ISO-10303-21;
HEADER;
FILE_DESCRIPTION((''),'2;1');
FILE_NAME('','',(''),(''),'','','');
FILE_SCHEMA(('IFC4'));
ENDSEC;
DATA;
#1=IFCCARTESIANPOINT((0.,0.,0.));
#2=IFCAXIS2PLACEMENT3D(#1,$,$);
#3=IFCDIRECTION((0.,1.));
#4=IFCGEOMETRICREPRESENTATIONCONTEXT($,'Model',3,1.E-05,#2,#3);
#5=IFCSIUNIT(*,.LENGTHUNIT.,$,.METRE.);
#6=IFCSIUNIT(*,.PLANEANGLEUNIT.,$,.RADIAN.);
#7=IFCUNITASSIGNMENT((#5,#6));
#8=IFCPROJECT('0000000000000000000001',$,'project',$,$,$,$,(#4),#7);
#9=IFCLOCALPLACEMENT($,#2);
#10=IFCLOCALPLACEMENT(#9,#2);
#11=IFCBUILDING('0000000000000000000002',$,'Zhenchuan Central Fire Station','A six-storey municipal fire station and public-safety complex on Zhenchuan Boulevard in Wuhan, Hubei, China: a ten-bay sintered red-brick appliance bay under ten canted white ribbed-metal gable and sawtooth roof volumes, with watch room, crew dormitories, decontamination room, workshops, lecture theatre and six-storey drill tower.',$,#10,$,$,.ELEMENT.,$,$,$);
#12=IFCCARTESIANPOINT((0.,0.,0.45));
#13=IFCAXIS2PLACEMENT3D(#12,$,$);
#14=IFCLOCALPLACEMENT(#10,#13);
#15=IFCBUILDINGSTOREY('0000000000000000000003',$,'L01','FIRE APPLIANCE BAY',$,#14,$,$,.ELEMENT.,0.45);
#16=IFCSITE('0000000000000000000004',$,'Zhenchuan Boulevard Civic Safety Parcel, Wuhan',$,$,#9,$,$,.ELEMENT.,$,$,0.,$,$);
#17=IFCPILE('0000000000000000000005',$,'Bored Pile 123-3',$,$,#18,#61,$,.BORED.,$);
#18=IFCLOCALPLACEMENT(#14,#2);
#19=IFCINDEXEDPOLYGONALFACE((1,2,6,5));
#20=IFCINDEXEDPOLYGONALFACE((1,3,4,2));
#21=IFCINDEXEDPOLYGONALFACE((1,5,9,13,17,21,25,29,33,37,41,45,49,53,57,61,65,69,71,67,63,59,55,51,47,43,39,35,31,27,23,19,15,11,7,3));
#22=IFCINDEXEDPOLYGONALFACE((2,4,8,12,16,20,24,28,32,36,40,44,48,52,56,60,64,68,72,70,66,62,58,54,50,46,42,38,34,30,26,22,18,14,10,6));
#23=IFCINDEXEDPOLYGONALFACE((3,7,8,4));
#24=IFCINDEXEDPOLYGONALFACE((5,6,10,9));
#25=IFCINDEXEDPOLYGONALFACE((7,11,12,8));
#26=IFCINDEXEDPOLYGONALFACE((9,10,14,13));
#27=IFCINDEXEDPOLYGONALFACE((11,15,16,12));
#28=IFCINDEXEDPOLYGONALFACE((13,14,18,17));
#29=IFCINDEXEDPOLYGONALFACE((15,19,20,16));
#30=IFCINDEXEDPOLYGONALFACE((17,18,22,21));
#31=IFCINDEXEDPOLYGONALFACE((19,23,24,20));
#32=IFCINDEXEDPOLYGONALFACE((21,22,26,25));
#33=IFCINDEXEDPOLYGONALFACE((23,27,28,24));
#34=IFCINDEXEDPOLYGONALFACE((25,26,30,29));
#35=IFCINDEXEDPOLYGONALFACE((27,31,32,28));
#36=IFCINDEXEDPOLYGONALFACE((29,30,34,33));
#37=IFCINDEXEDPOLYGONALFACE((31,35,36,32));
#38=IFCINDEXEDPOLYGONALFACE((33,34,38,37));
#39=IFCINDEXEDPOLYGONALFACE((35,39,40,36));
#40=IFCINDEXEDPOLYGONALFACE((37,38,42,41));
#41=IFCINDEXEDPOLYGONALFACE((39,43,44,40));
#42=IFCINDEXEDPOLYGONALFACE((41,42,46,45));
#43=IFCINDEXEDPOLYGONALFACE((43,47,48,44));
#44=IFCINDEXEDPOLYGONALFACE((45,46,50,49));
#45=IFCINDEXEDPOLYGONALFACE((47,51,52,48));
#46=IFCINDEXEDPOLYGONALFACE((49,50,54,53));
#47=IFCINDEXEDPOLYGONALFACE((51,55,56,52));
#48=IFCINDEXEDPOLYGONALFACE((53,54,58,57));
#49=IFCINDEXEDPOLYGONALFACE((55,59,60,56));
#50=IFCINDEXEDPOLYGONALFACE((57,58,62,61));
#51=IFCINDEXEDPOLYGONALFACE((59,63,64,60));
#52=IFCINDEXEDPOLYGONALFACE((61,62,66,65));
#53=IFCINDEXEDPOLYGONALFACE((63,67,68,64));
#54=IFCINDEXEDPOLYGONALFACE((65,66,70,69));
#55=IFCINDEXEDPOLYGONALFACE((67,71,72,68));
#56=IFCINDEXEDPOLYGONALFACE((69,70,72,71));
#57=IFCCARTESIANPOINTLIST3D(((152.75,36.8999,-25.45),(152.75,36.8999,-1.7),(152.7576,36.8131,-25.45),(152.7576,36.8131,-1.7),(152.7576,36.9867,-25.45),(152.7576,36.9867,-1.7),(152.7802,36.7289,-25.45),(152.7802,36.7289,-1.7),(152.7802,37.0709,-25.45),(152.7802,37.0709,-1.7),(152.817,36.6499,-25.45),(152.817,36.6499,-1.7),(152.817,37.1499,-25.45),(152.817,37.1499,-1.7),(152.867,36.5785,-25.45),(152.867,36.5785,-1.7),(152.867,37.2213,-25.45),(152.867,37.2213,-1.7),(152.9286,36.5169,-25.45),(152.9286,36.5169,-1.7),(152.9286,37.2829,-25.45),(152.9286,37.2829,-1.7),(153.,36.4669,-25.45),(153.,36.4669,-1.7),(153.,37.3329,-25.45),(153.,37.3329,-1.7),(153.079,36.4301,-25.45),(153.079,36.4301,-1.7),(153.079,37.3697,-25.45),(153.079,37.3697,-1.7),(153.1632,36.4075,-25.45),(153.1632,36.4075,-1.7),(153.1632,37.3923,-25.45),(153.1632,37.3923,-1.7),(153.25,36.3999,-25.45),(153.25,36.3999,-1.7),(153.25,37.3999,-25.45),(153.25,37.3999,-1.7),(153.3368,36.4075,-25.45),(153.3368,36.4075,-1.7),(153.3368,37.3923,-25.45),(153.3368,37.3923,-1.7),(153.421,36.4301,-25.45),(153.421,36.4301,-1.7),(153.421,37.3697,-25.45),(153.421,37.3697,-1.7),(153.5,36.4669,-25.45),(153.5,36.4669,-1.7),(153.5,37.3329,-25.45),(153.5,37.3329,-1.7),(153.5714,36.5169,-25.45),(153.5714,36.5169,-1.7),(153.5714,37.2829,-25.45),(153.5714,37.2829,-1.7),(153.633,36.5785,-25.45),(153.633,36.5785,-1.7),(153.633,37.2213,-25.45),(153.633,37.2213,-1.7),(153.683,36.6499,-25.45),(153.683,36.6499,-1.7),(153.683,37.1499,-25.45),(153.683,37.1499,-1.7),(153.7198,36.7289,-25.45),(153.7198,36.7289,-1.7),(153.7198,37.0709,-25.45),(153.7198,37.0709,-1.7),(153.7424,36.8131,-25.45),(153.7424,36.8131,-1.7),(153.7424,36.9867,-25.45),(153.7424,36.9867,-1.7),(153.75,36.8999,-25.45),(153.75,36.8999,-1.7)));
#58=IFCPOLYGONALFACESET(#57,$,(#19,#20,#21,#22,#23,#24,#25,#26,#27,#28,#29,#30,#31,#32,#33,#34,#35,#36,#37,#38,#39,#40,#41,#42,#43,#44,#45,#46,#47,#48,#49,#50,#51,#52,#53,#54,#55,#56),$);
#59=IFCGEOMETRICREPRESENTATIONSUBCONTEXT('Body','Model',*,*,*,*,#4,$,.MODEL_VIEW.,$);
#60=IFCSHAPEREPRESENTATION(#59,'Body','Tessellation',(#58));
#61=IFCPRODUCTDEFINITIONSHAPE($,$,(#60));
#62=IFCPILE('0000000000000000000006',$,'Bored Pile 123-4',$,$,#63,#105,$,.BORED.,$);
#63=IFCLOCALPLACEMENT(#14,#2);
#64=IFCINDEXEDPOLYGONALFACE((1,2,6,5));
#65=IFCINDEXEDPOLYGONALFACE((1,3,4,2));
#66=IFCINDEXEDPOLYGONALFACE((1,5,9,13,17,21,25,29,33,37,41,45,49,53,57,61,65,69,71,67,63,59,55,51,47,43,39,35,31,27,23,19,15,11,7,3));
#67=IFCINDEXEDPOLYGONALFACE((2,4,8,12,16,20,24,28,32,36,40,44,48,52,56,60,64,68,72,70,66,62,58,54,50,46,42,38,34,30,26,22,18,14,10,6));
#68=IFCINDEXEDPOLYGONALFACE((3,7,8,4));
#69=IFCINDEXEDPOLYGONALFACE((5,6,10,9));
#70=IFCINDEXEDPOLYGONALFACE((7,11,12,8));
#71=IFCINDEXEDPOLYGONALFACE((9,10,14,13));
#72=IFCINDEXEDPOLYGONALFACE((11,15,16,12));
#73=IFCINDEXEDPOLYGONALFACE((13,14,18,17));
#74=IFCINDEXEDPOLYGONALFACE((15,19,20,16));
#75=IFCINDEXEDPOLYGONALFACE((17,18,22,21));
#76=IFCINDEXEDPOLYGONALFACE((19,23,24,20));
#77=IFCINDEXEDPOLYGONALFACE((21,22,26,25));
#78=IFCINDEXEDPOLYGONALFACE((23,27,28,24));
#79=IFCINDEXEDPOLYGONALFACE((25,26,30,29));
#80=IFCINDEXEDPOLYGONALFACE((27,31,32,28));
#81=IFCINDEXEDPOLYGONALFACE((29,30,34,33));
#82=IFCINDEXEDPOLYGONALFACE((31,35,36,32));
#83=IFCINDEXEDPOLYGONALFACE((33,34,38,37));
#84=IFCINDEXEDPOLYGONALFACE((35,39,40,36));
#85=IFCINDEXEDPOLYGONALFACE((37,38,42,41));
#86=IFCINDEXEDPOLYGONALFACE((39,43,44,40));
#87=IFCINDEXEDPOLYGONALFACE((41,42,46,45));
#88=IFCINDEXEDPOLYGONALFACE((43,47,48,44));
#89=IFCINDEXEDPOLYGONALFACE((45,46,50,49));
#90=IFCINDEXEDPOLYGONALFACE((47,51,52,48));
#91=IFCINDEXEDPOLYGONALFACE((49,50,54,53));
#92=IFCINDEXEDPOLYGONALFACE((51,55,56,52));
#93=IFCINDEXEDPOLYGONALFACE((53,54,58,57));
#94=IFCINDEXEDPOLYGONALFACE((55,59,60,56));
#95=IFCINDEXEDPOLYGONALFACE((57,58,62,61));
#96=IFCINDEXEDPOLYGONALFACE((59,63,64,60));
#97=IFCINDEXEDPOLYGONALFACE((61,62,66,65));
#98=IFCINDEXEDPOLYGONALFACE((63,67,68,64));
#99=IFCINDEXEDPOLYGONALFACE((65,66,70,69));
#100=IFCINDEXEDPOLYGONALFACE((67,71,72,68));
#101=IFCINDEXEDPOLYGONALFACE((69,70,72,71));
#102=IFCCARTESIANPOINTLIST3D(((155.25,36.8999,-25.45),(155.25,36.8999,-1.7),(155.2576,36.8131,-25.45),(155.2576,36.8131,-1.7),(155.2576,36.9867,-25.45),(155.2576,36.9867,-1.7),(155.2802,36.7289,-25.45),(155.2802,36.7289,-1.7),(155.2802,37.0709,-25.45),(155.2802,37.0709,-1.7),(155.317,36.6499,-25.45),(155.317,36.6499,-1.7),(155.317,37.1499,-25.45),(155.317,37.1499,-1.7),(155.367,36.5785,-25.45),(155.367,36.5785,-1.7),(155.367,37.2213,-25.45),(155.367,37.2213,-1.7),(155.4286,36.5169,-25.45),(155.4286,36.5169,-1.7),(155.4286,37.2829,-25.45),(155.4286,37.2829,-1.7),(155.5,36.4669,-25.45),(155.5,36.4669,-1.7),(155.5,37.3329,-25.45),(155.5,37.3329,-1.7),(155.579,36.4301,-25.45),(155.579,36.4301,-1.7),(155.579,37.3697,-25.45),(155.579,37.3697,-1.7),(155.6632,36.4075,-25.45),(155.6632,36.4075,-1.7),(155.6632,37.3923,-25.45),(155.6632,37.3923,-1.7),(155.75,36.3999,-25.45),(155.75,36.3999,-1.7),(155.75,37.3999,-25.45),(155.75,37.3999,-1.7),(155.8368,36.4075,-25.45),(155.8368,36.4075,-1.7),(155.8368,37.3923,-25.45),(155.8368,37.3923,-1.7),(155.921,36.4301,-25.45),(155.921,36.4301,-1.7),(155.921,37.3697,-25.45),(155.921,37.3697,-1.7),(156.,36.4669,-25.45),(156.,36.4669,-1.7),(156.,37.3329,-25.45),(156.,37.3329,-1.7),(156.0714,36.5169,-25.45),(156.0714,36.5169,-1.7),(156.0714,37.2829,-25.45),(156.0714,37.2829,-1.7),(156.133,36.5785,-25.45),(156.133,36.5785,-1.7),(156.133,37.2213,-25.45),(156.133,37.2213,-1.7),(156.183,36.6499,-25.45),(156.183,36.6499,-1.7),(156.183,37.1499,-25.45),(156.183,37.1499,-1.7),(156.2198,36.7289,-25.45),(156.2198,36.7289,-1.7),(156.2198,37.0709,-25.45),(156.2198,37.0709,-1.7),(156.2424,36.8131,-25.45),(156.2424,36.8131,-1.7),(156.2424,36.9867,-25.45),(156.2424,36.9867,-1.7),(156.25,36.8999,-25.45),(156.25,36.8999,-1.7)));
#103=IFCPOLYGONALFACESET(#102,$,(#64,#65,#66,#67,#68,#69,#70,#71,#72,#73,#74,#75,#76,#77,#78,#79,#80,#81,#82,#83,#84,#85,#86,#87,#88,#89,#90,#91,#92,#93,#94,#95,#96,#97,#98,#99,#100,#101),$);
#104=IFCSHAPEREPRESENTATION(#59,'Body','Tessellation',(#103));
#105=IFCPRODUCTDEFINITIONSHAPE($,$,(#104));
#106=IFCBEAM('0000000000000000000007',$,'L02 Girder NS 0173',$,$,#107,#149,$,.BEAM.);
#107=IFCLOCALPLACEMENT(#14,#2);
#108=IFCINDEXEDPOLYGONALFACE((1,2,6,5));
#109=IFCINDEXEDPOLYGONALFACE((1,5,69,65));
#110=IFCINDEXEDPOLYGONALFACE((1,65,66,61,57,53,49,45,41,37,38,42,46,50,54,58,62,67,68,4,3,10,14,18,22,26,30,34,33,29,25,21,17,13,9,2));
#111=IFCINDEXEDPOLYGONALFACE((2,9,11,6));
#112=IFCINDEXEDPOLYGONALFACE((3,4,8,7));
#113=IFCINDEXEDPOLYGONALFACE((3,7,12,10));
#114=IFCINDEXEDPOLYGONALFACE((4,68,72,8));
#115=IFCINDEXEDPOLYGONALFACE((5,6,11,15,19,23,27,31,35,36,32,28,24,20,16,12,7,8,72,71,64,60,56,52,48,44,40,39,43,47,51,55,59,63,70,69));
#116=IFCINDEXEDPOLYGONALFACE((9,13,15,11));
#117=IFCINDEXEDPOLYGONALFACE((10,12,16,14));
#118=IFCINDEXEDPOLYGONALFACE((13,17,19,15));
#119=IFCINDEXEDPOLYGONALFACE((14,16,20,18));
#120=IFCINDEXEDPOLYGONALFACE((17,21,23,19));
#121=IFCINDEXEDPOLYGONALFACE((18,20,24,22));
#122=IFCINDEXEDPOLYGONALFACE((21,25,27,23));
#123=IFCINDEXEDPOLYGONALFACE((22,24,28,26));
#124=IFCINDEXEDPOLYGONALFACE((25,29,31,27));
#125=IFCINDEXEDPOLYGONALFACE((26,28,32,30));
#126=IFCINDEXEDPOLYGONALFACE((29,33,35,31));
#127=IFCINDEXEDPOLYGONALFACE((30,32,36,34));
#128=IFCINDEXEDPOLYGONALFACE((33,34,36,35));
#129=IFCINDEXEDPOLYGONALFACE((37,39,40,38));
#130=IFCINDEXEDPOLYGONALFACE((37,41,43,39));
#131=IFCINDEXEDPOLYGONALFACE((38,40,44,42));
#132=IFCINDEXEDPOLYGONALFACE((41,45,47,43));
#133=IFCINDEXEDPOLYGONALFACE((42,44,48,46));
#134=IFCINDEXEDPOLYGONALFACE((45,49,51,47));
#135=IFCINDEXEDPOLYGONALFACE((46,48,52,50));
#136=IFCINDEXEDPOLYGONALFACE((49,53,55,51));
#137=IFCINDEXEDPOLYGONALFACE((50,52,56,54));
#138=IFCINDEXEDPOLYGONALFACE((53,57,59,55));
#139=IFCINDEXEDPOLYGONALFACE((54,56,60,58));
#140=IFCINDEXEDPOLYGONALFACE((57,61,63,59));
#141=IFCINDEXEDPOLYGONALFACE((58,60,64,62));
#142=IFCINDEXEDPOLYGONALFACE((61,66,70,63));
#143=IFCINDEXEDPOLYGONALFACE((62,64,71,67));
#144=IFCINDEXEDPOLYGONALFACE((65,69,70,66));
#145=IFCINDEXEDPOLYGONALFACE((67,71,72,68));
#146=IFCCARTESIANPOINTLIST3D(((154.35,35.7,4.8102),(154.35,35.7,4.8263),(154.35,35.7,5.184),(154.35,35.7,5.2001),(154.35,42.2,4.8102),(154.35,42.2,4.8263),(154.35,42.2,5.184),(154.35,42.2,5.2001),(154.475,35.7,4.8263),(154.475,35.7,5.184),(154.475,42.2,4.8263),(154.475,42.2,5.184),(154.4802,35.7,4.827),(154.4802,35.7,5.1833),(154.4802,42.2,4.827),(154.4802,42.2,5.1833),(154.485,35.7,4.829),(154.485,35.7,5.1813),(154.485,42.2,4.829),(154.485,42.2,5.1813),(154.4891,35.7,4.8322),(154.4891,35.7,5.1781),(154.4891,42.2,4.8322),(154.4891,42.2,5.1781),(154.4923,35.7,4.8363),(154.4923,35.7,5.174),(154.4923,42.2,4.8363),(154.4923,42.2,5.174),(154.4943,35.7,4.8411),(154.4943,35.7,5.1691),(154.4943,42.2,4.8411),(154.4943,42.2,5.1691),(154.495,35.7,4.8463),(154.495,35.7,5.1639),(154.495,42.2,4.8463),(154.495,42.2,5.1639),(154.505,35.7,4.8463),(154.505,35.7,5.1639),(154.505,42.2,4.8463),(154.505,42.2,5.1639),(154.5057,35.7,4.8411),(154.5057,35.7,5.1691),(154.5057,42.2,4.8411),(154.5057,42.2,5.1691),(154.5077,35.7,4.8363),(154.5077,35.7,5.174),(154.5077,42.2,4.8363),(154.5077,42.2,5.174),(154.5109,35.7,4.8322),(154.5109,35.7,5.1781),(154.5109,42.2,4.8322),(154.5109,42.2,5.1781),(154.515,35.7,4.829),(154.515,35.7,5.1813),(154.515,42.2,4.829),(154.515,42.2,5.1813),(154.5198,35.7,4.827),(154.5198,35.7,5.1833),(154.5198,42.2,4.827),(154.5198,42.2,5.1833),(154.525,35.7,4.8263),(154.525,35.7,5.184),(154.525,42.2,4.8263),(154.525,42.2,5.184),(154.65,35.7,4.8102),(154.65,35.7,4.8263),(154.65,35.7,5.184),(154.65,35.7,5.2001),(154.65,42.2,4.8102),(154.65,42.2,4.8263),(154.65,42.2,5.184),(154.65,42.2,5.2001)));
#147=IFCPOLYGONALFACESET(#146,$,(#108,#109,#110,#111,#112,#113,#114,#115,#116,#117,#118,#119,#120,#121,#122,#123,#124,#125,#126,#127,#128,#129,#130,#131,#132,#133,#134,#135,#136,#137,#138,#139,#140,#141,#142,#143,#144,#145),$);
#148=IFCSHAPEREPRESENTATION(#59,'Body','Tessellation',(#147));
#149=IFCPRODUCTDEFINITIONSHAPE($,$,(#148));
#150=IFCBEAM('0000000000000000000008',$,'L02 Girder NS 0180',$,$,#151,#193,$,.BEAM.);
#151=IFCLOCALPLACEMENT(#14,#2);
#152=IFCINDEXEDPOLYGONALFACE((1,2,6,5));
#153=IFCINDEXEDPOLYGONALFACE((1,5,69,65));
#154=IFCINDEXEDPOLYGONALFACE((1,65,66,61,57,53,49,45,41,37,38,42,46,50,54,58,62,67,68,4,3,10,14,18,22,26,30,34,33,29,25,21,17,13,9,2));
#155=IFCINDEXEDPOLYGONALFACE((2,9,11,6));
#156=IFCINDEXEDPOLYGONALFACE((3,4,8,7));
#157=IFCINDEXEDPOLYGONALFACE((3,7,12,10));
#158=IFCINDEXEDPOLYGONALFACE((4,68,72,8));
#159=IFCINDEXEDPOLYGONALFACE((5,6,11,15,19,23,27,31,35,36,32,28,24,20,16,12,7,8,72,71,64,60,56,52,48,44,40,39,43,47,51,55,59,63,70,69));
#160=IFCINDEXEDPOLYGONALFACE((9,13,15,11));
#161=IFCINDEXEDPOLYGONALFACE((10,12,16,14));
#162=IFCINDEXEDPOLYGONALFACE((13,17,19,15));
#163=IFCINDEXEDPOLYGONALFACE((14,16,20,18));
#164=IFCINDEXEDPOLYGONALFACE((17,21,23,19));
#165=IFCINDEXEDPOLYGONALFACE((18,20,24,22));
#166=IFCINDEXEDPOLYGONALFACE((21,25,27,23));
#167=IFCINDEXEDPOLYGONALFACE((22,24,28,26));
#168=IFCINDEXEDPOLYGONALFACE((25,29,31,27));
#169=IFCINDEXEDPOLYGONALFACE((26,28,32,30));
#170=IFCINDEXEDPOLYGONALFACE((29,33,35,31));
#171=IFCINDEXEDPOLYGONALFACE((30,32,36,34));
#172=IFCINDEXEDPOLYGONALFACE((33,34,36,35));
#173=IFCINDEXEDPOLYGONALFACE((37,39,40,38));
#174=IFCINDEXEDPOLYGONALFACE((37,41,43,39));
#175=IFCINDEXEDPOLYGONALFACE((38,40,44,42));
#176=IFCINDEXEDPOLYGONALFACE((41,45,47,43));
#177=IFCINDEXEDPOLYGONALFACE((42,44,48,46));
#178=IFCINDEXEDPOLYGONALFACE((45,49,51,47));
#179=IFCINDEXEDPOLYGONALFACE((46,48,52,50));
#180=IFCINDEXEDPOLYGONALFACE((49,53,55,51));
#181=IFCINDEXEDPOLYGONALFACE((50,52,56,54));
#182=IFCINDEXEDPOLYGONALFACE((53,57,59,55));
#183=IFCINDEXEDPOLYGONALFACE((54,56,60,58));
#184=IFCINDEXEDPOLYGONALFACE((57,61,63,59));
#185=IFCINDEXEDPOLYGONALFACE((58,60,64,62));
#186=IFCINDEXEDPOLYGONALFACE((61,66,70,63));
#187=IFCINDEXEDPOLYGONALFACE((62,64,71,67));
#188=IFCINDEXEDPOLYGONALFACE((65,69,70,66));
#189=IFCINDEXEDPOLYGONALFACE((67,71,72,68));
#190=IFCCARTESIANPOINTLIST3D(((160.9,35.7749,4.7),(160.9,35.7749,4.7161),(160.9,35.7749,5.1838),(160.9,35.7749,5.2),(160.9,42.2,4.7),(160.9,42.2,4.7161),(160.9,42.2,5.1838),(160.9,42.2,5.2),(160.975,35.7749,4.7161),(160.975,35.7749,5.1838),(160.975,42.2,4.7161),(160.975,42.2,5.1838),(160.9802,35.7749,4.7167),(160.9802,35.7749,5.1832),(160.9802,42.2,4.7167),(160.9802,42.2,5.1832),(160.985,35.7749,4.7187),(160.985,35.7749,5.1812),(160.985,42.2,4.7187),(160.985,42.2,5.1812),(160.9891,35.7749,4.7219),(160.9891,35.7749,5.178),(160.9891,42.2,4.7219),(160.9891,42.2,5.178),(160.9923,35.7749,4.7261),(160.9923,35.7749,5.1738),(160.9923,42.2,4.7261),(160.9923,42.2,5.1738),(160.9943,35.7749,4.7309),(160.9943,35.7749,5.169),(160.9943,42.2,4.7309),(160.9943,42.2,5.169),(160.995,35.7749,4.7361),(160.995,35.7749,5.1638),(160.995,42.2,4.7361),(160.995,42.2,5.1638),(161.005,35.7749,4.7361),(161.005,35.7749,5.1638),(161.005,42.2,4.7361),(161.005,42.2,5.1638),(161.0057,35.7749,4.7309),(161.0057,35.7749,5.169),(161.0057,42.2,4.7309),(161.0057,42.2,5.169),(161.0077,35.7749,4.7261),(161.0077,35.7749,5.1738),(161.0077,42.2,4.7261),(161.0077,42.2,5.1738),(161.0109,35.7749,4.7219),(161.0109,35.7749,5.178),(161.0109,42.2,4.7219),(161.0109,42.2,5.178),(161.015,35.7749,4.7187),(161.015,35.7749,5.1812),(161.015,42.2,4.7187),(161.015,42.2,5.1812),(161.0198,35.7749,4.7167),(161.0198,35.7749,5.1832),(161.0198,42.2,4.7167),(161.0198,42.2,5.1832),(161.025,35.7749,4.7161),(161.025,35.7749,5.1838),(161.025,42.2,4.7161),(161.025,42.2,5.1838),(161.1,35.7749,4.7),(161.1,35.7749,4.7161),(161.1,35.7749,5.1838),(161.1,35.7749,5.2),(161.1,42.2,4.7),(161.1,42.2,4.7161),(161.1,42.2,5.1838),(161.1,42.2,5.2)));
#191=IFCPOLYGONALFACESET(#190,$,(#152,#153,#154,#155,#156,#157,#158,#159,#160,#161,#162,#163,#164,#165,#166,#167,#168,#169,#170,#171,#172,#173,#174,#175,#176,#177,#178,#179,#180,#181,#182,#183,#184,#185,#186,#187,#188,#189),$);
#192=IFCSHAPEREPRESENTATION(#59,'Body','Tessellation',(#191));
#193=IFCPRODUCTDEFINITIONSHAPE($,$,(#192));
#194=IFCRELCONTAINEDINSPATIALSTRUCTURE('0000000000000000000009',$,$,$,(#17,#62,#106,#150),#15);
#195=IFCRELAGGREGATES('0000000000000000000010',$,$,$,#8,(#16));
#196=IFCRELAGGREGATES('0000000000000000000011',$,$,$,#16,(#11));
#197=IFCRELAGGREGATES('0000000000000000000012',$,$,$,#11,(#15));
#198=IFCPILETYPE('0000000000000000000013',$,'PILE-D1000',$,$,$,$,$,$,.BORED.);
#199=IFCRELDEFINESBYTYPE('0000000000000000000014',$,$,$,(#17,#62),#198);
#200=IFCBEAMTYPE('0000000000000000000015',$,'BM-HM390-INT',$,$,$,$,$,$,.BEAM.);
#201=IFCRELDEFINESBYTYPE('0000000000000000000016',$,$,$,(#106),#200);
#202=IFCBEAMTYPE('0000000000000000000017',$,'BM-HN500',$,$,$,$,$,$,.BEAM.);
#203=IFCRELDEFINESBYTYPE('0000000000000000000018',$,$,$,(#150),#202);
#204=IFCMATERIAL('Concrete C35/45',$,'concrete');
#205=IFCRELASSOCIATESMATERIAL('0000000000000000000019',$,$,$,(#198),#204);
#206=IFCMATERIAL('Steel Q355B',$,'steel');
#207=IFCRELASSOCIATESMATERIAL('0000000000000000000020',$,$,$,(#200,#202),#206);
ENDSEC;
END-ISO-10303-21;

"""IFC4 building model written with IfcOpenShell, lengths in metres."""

from ifc_helpers import new_model, si_unit, direction, frame, origin, origin_2d, place, context, subcontext, project, spatial, circle, i_section, extrude, material, material_profile, profile_set, type_object, element, save


model = new_model("IFC4")

# Units and contexts
model_context = context("Model", 3, precision=1e-05, world=origin(), true_north=direction((0.0, 1.0)))
body_context = subcontext(model_context, "Body", "Model", "MODEL_VIEW")
ifc_project = project(units=[si_unit("LENGTHUNIT", "METRE"), si_unit("PLANEANGLEUNIT", "RADIAN")], contexts=[model_context])

# Site, building, storey
site_placement = place(None, origin())
site = spatial("IfcSite", under=ifc_project, at=site_placement, Name="Zhenchuan Boulevard Civic Safety Parcel, Wuhan", CompositionType="ELEMENT", RefElevation=0.0)
building_placement = place(site_placement, origin())
building = spatial("IfcBuilding", under=site, at=building_placement, Name="Zhenchuan Central Fire Station", Description="A six-storey municipal fire station and public-safety complex on Zhenchuan Boulevard in Wuhan, Hubei, China: a ten-bay sintered red-brick appliance bay under ten canted white ribbed-metal gable and sawtooth roof volumes, with watch room, crew dormitories, decontamination room, workshops, lecture theatre and six-storey drill tower.", CompositionType="ELEMENT")
storey_placement = place(building_placement, frame((0.0, 0.0, 0.45)))
storey = spatial("IfcBuildingStorey", under=building, at=storey_placement, Name="L01", Description="FIRE APPLIANCE BAY", CompositionType="ELEMENT", Elevation=0.45)

# Piles
ifc_material_1 = material(Name="Concrete C35/45", Category="concrete")
ifc_material_profile_1 = material_profile(ifc_material_1, circle(Radius=0.5, at=origin_2d()), Name="PILE D1000")
ifc_profile_set_1 = profile_set([ifc_material_profile_1], Name="Concrete C35/45")
pile_type = type_object("IfcPileType", Name="PILE-D1000", PredefinedType="BORED", material=ifc_profile_set_1)
for number, where, z_axis, x_axis, name in (
    (1, (153.25, 36.8999, -1.7), (0.0, 0.0, -1.0), (1.0, 0.0, 0.0), "Bored Pile 123-3"),
    (2, (155.75, 36.8999, -1.7), (0.0, 0.0, -1.0), (1.0, 0.0, 0.0), "Bored Pile 123-4"),
):
    element("IfcPile", number, at=place(storey_placement, frame(where, z_axis=z_axis, x_axis=x_axis)), inside=storey, type_object=pile_type, Name=name, PredefinedType="BORED", context=body_context, shape_type="SweptSolid", body=[
        extrude(circle(Radius=0.5, at=origin_2d()), origin(), (0.0, 0.0, 1.0), 23.75),
    ])

# Beams
ifc_material_2 = material(Name="Steel Q355B", Category="steel")
ifc_material_profile_2 = material_profile(ifc_material_2, i_section(OverallWidth=0.3, OverallDepth=0.3899, WebThickness=0.01, FlangeThickness=0.0161, FilletRadius=0.02, at=origin_2d()), Name="HM 390x300")
ifc_profile_set_2 = profile_set([ifc_material_profile_2], Name="Steel Q355B")
beam_type_1 = type_object("IfcBeamType", Name="BM-HM390-INT", PredefinedType="BEAM", material=ifc_profile_set_2)
beam_1_placement = place(storey_placement, frame((154.5, 35.7, 5.0051), z_axis=(0.0, 1.0, 0.0), x_axis=(-1.0, 0.0, 0.0)))
element("IfcBeam", 3, at=beam_1_placement, inside=storey, type_object=beam_type_1, Name="L02 Girder NS 0173", PredefinedType="BEAM", context=body_context, shape_type="SweptSolid", body=[
    extrude(i_section(OverallWidth=0.3, OverallDepth=0.3899, WebThickness=0.01, FlangeThickness=0.0161, FilletRadius=0.02, at=origin_2d()), origin(), (0.0, 0.0, 1.0), 6.5),
])
ifc_material_profile_3 = material_profile(ifc_material_2, i_section(OverallWidth=0.2, OverallDepth=0.5, WebThickness=0.01, FlangeThickness=0.0161, FilletRadius=0.02, at=origin_2d()), Name="HN 500x200")
ifc_profile_set_3 = profile_set([ifc_material_profile_3], Name="Steel Q355B")
beam_type_2 = type_object("IfcBeamType", Name="BM-HN500", PredefinedType="BEAM", material=ifc_profile_set_3)
beam_2_placement = place(storey_placement, frame((161.0, 35.7749, 4.95), z_axis=(0.0, 1.0, 0.0), x_axis=(-1.0, 0.0, 0.0)))
element("IfcBeam", 4, at=beam_2_placement, inside=storey, type_object=beam_type_2, Name="L02 Girder NS 0180", PredefinedType="BEAM", context=body_context, shape_type="SweptSolid", body=[
    extrude(i_section(OverallWidth=0.2, OverallDepth=0.5, WebThickness=0.01, FlangeThickness=0.0161, FilletRadius=0.02, at=origin_2d()), origin(), (0.0, 0.0, 1.0), 6.425),
])

save(model, "model.ifc")
